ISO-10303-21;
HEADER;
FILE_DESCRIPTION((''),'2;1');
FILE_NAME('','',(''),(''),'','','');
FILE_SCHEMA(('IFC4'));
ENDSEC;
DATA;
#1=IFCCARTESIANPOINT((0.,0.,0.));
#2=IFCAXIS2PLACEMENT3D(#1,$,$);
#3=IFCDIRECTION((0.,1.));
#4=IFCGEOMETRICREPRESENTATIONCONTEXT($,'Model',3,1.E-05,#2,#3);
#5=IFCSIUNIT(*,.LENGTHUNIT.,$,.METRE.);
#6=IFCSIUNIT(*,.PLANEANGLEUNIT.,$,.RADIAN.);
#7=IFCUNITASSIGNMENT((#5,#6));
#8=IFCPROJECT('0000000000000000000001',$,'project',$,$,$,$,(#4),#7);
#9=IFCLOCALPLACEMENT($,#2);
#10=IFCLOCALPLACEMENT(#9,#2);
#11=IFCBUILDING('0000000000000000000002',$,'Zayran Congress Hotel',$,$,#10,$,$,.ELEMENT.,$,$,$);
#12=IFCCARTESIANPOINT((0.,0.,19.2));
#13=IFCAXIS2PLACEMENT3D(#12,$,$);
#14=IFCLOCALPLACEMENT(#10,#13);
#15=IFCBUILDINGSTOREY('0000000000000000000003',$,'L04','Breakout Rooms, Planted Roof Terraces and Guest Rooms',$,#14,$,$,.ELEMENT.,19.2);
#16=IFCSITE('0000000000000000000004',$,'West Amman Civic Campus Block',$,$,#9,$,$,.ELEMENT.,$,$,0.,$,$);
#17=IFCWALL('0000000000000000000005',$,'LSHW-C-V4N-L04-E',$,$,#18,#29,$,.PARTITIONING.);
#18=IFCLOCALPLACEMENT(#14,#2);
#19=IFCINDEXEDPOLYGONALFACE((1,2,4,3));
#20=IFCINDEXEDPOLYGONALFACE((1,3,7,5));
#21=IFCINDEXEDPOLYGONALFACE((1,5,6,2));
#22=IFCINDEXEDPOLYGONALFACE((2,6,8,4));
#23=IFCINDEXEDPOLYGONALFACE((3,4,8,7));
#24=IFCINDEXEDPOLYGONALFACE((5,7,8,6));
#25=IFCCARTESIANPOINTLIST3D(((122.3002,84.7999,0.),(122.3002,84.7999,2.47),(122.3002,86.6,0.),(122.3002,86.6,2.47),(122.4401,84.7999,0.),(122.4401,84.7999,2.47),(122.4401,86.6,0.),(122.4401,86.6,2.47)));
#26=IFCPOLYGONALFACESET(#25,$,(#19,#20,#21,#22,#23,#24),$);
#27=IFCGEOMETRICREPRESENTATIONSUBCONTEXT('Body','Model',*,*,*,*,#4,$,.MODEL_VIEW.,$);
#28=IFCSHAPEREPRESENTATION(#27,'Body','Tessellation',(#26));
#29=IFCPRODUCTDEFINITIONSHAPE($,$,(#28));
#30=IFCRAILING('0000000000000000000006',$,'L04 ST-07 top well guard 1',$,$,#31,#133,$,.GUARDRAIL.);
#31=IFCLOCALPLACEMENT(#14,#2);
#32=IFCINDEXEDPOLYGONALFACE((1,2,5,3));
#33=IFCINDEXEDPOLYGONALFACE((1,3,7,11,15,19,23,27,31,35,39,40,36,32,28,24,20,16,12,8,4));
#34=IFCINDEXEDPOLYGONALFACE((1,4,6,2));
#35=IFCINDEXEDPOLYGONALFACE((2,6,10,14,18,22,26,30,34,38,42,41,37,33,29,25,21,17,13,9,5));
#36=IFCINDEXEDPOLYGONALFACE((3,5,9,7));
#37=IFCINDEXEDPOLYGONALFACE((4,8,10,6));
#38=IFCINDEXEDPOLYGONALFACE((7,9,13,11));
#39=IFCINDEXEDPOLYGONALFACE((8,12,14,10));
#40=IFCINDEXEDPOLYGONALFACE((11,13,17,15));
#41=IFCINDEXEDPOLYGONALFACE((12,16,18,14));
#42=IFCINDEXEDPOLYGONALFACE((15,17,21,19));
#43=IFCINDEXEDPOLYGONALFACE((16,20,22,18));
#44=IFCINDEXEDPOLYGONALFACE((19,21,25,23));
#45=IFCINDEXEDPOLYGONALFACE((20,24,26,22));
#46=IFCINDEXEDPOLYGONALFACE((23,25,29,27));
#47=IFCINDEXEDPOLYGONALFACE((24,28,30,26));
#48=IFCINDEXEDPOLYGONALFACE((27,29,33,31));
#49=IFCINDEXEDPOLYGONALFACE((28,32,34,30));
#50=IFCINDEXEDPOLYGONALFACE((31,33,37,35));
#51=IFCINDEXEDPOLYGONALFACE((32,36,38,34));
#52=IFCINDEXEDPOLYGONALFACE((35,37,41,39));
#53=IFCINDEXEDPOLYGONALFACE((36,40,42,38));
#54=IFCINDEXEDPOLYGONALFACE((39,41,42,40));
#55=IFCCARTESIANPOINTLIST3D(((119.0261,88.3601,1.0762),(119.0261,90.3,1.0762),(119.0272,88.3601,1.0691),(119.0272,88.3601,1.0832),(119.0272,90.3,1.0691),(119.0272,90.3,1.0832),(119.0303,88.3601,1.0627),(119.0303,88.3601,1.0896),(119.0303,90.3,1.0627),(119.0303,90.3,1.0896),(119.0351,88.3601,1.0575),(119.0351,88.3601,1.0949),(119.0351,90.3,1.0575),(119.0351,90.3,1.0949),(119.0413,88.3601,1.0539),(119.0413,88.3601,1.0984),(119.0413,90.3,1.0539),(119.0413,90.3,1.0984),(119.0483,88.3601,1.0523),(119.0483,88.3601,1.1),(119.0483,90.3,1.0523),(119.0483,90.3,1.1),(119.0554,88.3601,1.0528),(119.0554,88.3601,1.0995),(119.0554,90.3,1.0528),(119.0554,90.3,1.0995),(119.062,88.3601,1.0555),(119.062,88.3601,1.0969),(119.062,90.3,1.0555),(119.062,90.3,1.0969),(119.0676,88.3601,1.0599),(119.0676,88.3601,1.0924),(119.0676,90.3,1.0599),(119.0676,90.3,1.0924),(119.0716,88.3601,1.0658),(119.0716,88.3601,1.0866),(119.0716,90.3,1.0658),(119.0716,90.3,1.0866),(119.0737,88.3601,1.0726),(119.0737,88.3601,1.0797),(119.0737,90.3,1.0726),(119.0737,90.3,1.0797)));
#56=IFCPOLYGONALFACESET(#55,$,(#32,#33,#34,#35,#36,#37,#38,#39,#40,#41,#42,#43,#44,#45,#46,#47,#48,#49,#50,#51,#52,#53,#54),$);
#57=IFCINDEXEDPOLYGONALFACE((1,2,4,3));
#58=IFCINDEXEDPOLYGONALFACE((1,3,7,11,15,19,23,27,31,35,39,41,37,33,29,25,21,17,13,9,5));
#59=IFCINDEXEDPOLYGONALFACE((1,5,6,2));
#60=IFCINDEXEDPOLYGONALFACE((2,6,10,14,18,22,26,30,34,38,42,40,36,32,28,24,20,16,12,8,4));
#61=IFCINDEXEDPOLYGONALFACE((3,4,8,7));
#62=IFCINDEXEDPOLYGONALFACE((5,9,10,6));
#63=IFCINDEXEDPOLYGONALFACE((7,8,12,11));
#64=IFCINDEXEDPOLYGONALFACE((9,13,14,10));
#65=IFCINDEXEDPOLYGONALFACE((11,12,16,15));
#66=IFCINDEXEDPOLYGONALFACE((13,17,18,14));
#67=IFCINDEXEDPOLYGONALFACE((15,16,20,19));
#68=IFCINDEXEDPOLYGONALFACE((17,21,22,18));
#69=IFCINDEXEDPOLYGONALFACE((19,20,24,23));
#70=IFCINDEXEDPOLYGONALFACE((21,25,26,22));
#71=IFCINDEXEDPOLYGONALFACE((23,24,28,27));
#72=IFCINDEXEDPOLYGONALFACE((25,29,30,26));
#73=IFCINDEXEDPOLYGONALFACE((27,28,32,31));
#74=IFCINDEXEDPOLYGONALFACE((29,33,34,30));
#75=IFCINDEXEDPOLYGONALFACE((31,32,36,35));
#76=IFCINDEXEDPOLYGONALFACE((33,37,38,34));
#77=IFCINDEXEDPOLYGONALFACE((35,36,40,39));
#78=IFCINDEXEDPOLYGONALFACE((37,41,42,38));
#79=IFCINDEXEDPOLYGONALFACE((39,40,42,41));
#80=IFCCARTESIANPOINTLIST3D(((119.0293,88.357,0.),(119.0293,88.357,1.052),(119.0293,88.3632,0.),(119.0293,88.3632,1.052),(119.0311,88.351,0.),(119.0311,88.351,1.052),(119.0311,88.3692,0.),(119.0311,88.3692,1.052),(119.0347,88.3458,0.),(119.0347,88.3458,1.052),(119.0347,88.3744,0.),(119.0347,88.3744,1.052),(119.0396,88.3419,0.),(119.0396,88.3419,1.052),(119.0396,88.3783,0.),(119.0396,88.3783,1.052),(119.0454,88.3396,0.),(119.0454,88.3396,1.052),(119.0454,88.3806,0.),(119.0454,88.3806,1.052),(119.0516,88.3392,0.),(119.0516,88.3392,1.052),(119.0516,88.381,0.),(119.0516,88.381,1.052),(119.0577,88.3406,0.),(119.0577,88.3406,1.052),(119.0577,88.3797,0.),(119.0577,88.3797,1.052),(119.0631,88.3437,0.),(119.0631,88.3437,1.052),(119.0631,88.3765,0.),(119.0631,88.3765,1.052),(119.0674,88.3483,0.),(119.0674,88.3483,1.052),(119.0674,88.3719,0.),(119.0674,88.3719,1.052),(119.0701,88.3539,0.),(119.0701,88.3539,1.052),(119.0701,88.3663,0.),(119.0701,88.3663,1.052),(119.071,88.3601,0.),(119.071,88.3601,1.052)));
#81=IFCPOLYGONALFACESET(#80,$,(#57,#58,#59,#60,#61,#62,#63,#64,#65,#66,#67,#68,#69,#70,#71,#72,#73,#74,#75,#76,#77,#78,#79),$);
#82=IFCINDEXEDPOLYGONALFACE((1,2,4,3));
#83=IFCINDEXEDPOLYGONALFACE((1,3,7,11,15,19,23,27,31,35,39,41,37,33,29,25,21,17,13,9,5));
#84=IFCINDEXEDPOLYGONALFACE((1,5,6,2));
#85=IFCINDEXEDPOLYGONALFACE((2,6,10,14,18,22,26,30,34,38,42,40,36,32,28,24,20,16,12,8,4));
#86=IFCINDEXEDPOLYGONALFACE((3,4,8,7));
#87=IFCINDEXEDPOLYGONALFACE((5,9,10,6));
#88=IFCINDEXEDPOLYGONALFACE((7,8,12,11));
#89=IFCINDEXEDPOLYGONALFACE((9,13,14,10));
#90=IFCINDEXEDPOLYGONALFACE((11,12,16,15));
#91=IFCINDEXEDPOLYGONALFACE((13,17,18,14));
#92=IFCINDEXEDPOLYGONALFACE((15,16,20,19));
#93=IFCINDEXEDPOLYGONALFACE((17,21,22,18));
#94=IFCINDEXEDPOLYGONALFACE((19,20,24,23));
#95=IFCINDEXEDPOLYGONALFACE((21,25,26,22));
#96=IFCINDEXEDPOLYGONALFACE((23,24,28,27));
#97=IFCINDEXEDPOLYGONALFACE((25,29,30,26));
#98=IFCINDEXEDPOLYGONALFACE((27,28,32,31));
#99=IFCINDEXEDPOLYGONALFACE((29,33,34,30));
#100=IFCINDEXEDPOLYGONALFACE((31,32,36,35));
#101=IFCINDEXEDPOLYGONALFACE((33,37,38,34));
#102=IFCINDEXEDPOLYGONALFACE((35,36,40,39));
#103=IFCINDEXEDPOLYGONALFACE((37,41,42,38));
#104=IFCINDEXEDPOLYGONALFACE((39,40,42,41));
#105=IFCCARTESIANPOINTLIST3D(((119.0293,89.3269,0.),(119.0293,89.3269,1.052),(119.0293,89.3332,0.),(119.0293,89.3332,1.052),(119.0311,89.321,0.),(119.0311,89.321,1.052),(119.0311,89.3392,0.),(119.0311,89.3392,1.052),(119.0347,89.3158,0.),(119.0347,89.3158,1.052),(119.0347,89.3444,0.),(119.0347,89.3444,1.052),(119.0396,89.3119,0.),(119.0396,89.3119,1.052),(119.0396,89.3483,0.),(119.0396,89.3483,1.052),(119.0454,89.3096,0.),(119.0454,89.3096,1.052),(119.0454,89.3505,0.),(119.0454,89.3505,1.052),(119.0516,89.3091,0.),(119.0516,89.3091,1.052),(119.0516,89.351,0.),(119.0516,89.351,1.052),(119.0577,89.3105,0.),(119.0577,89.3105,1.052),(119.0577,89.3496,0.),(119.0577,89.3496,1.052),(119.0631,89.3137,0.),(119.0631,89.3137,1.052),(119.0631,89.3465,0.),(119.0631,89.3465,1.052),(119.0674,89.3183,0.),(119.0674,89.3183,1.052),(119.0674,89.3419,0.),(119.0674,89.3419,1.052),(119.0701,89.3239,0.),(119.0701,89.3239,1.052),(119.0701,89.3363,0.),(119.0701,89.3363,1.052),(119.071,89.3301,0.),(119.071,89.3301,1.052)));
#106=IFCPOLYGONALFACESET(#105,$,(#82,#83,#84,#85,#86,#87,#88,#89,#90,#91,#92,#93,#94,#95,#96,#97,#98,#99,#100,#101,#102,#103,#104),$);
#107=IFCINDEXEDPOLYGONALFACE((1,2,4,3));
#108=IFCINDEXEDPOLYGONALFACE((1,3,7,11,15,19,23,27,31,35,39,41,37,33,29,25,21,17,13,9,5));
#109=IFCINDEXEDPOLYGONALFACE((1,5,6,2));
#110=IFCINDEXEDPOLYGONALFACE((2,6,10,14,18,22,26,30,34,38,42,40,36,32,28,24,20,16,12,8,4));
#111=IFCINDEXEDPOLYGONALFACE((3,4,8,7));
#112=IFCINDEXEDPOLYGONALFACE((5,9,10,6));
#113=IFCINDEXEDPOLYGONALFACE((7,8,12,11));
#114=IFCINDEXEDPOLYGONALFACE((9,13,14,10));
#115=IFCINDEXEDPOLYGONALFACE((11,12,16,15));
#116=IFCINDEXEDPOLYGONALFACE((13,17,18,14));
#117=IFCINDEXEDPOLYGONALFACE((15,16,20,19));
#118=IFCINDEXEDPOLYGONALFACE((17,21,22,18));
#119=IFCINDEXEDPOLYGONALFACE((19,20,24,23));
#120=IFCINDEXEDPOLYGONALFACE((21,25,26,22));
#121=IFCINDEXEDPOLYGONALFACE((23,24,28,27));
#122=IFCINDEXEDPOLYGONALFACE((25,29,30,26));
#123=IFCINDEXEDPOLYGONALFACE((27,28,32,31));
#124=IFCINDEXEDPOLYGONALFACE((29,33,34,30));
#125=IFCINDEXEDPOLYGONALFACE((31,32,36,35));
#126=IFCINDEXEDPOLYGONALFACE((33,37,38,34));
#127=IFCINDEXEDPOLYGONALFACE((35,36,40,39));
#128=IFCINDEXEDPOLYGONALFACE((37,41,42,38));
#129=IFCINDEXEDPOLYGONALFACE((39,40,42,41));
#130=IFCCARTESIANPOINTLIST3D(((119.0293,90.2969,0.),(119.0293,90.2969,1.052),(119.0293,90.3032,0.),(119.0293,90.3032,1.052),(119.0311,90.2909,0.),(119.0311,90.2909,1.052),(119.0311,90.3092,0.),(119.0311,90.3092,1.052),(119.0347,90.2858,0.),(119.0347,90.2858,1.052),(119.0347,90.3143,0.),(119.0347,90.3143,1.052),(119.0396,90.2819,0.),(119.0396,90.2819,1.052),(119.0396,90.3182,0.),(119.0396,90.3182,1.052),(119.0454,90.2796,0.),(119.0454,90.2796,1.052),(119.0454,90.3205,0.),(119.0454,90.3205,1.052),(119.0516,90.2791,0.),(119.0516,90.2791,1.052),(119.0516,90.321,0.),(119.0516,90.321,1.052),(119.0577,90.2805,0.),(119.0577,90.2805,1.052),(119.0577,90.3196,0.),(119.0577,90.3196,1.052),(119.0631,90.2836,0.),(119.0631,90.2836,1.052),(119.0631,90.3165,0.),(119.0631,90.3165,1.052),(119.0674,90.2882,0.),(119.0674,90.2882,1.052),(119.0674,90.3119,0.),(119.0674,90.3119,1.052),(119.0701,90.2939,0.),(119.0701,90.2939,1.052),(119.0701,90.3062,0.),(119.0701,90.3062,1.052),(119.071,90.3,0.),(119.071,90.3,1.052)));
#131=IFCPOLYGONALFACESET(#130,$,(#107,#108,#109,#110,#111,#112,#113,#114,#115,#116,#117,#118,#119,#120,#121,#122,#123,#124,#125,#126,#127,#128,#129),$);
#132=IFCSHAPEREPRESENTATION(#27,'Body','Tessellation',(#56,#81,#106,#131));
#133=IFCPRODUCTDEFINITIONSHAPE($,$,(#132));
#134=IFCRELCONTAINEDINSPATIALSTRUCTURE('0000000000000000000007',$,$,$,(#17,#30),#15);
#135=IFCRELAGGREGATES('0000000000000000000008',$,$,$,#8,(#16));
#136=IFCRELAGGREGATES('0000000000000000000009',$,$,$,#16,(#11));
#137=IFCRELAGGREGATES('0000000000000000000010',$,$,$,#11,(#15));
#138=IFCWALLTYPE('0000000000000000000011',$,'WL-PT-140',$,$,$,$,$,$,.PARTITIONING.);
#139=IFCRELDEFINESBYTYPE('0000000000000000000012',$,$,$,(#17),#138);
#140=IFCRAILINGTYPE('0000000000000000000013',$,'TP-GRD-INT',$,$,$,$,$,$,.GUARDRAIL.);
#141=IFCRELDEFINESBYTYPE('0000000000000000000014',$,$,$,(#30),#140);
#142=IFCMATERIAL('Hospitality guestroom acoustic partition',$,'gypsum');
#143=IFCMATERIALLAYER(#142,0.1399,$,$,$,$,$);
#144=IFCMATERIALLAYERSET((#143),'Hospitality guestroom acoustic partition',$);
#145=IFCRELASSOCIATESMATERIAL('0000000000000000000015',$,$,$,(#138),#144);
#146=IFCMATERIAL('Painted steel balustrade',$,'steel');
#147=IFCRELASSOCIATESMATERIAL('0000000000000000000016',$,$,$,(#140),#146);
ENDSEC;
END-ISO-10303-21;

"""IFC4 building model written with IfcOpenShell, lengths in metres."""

from ifc_helpers import new_model, si_unit, direction, frame, frame_2d, origin, origin_2d, place, context, subcontext, project, spatial, rectangle, circle, extrude, material, layer, layer_set, type_object, element, save


model = new_model("IFC4")

# Units and contexts
model_context = context("Model", 3, precision=1e-05, world=origin(), true_north=direction((0.0, 1.0)))
body_context = subcontext(model_context, "Body", "Model", "MODEL_VIEW")
ifc_project = project(units=[si_unit("LENGTHUNIT", "METRE"), si_unit("PLANEANGLEUNIT", "RADIAN")], contexts=[model_context])

# Site, building, storey
site_placement = place(None, origin())
site = spatial("IfcSite", under=ifc_project, at=site_placement, Name="West Amman Civic Campus Block", CompositionType="ELEMENT", RefElevation=0.0)
building_placement = place(site_placement, origin())
building = spatial("IfcBuilding", under=site, at=building_placement, Name="Zayran Congress Hotel", CompositionType="ELEMENT")
storey_placement = place(building_placement, frame((0.0, 0.0, 19.2)))
storey = spatial("IfcBuildingStorey", under=building, at=storey_placement, Name="L04", Description="Breakout Rooms, Planted Roof Terraces and Guest Rooms", CompositionType="ELEMENT", Elevation=19.2)

# Wall
ifc_material_1 = material(Name="Hospitality guestroom acoustic partition", Category="gypsum")
ifc_layer_1 = layer(ifc_material_1, 0.1399)
ifc_layer_set_1 = layer_set([ifc_layer_1], Name="Hospitality guestroom acoustic partition")
wall_type_1 = type_object("IfcWallType", Name="WL-PT-140", PredefinedType="PARTITIONING", material=ifc_layer_set_1)
for number, where, z_axis, x_axis, name in (
    (1, (122.3701, 84.8, 0.0), (0.0, 0.0, 1.0), (0.0, 1.0, 0.0), "LSHW-C-V4N-L04-E"),
):
    element("IfcWall", number, at=place(storey_placement, frame(where, z_axis=z_axis, x_axis=x_axis)), inside=storey, type_object=wall_type_1, Name=name, PredefinedType="PARTITIONING", context=body_context, shape_type="SweptSolid", body=[
        extrude(rectangle(XDim=1.8, YDim=0.1399, at=frame_2d((0.8999, 0.0))), origin(), (0.0, 0.0, 1.0), 2.47),
    ])

# Railing
ifc_material_2 = material(Name="Painted steel balustrade", Category="steel")
railing_type_1 = type_object("IfcRailingType", Name="TP-GRD-INT", PredefinedType="GUARDRAIL", material=ifc_material_2)
railing_1_placement = place(storey_placement, frame((119.05, 88.3601, 0.0)))
element("IfcRailing", 2, at=railing_1_placement, inside=storey, type_object=railing_type_1, Name="L04 ST-07 top well guard 1", PredefinedType="GUARDRAIL", context=body_context, shape_type="SweptSolid", body=[
    extrude(circle(Radius=0.0239, at=origin_2d()), frame((0.0, 0.0, 1.0762), z_axis=(0.0, 1.0, 0.0), x_axis=(-1.0, 0.0, 0.0)), (0.0, 0.0, 1.0), 1.9399),
    extrude(circle(Radius=0.021, at=origin_2d()), origin(), (0.0, 0.0, 1.0), 1.052),
    extrude(circle(Radius=0.021, at=origin_2d()), frame((0.0, 0.97, 0.0)), (0.0, 0.0, 1.0), 1.052),
    extrude(circle(Radius=0.021, at=origin_2d()), frame((0.0, 1.9399, 0.0)), (0.0, 0.0, 1.0), 1.052),
])

save(model, "model.ifc")
